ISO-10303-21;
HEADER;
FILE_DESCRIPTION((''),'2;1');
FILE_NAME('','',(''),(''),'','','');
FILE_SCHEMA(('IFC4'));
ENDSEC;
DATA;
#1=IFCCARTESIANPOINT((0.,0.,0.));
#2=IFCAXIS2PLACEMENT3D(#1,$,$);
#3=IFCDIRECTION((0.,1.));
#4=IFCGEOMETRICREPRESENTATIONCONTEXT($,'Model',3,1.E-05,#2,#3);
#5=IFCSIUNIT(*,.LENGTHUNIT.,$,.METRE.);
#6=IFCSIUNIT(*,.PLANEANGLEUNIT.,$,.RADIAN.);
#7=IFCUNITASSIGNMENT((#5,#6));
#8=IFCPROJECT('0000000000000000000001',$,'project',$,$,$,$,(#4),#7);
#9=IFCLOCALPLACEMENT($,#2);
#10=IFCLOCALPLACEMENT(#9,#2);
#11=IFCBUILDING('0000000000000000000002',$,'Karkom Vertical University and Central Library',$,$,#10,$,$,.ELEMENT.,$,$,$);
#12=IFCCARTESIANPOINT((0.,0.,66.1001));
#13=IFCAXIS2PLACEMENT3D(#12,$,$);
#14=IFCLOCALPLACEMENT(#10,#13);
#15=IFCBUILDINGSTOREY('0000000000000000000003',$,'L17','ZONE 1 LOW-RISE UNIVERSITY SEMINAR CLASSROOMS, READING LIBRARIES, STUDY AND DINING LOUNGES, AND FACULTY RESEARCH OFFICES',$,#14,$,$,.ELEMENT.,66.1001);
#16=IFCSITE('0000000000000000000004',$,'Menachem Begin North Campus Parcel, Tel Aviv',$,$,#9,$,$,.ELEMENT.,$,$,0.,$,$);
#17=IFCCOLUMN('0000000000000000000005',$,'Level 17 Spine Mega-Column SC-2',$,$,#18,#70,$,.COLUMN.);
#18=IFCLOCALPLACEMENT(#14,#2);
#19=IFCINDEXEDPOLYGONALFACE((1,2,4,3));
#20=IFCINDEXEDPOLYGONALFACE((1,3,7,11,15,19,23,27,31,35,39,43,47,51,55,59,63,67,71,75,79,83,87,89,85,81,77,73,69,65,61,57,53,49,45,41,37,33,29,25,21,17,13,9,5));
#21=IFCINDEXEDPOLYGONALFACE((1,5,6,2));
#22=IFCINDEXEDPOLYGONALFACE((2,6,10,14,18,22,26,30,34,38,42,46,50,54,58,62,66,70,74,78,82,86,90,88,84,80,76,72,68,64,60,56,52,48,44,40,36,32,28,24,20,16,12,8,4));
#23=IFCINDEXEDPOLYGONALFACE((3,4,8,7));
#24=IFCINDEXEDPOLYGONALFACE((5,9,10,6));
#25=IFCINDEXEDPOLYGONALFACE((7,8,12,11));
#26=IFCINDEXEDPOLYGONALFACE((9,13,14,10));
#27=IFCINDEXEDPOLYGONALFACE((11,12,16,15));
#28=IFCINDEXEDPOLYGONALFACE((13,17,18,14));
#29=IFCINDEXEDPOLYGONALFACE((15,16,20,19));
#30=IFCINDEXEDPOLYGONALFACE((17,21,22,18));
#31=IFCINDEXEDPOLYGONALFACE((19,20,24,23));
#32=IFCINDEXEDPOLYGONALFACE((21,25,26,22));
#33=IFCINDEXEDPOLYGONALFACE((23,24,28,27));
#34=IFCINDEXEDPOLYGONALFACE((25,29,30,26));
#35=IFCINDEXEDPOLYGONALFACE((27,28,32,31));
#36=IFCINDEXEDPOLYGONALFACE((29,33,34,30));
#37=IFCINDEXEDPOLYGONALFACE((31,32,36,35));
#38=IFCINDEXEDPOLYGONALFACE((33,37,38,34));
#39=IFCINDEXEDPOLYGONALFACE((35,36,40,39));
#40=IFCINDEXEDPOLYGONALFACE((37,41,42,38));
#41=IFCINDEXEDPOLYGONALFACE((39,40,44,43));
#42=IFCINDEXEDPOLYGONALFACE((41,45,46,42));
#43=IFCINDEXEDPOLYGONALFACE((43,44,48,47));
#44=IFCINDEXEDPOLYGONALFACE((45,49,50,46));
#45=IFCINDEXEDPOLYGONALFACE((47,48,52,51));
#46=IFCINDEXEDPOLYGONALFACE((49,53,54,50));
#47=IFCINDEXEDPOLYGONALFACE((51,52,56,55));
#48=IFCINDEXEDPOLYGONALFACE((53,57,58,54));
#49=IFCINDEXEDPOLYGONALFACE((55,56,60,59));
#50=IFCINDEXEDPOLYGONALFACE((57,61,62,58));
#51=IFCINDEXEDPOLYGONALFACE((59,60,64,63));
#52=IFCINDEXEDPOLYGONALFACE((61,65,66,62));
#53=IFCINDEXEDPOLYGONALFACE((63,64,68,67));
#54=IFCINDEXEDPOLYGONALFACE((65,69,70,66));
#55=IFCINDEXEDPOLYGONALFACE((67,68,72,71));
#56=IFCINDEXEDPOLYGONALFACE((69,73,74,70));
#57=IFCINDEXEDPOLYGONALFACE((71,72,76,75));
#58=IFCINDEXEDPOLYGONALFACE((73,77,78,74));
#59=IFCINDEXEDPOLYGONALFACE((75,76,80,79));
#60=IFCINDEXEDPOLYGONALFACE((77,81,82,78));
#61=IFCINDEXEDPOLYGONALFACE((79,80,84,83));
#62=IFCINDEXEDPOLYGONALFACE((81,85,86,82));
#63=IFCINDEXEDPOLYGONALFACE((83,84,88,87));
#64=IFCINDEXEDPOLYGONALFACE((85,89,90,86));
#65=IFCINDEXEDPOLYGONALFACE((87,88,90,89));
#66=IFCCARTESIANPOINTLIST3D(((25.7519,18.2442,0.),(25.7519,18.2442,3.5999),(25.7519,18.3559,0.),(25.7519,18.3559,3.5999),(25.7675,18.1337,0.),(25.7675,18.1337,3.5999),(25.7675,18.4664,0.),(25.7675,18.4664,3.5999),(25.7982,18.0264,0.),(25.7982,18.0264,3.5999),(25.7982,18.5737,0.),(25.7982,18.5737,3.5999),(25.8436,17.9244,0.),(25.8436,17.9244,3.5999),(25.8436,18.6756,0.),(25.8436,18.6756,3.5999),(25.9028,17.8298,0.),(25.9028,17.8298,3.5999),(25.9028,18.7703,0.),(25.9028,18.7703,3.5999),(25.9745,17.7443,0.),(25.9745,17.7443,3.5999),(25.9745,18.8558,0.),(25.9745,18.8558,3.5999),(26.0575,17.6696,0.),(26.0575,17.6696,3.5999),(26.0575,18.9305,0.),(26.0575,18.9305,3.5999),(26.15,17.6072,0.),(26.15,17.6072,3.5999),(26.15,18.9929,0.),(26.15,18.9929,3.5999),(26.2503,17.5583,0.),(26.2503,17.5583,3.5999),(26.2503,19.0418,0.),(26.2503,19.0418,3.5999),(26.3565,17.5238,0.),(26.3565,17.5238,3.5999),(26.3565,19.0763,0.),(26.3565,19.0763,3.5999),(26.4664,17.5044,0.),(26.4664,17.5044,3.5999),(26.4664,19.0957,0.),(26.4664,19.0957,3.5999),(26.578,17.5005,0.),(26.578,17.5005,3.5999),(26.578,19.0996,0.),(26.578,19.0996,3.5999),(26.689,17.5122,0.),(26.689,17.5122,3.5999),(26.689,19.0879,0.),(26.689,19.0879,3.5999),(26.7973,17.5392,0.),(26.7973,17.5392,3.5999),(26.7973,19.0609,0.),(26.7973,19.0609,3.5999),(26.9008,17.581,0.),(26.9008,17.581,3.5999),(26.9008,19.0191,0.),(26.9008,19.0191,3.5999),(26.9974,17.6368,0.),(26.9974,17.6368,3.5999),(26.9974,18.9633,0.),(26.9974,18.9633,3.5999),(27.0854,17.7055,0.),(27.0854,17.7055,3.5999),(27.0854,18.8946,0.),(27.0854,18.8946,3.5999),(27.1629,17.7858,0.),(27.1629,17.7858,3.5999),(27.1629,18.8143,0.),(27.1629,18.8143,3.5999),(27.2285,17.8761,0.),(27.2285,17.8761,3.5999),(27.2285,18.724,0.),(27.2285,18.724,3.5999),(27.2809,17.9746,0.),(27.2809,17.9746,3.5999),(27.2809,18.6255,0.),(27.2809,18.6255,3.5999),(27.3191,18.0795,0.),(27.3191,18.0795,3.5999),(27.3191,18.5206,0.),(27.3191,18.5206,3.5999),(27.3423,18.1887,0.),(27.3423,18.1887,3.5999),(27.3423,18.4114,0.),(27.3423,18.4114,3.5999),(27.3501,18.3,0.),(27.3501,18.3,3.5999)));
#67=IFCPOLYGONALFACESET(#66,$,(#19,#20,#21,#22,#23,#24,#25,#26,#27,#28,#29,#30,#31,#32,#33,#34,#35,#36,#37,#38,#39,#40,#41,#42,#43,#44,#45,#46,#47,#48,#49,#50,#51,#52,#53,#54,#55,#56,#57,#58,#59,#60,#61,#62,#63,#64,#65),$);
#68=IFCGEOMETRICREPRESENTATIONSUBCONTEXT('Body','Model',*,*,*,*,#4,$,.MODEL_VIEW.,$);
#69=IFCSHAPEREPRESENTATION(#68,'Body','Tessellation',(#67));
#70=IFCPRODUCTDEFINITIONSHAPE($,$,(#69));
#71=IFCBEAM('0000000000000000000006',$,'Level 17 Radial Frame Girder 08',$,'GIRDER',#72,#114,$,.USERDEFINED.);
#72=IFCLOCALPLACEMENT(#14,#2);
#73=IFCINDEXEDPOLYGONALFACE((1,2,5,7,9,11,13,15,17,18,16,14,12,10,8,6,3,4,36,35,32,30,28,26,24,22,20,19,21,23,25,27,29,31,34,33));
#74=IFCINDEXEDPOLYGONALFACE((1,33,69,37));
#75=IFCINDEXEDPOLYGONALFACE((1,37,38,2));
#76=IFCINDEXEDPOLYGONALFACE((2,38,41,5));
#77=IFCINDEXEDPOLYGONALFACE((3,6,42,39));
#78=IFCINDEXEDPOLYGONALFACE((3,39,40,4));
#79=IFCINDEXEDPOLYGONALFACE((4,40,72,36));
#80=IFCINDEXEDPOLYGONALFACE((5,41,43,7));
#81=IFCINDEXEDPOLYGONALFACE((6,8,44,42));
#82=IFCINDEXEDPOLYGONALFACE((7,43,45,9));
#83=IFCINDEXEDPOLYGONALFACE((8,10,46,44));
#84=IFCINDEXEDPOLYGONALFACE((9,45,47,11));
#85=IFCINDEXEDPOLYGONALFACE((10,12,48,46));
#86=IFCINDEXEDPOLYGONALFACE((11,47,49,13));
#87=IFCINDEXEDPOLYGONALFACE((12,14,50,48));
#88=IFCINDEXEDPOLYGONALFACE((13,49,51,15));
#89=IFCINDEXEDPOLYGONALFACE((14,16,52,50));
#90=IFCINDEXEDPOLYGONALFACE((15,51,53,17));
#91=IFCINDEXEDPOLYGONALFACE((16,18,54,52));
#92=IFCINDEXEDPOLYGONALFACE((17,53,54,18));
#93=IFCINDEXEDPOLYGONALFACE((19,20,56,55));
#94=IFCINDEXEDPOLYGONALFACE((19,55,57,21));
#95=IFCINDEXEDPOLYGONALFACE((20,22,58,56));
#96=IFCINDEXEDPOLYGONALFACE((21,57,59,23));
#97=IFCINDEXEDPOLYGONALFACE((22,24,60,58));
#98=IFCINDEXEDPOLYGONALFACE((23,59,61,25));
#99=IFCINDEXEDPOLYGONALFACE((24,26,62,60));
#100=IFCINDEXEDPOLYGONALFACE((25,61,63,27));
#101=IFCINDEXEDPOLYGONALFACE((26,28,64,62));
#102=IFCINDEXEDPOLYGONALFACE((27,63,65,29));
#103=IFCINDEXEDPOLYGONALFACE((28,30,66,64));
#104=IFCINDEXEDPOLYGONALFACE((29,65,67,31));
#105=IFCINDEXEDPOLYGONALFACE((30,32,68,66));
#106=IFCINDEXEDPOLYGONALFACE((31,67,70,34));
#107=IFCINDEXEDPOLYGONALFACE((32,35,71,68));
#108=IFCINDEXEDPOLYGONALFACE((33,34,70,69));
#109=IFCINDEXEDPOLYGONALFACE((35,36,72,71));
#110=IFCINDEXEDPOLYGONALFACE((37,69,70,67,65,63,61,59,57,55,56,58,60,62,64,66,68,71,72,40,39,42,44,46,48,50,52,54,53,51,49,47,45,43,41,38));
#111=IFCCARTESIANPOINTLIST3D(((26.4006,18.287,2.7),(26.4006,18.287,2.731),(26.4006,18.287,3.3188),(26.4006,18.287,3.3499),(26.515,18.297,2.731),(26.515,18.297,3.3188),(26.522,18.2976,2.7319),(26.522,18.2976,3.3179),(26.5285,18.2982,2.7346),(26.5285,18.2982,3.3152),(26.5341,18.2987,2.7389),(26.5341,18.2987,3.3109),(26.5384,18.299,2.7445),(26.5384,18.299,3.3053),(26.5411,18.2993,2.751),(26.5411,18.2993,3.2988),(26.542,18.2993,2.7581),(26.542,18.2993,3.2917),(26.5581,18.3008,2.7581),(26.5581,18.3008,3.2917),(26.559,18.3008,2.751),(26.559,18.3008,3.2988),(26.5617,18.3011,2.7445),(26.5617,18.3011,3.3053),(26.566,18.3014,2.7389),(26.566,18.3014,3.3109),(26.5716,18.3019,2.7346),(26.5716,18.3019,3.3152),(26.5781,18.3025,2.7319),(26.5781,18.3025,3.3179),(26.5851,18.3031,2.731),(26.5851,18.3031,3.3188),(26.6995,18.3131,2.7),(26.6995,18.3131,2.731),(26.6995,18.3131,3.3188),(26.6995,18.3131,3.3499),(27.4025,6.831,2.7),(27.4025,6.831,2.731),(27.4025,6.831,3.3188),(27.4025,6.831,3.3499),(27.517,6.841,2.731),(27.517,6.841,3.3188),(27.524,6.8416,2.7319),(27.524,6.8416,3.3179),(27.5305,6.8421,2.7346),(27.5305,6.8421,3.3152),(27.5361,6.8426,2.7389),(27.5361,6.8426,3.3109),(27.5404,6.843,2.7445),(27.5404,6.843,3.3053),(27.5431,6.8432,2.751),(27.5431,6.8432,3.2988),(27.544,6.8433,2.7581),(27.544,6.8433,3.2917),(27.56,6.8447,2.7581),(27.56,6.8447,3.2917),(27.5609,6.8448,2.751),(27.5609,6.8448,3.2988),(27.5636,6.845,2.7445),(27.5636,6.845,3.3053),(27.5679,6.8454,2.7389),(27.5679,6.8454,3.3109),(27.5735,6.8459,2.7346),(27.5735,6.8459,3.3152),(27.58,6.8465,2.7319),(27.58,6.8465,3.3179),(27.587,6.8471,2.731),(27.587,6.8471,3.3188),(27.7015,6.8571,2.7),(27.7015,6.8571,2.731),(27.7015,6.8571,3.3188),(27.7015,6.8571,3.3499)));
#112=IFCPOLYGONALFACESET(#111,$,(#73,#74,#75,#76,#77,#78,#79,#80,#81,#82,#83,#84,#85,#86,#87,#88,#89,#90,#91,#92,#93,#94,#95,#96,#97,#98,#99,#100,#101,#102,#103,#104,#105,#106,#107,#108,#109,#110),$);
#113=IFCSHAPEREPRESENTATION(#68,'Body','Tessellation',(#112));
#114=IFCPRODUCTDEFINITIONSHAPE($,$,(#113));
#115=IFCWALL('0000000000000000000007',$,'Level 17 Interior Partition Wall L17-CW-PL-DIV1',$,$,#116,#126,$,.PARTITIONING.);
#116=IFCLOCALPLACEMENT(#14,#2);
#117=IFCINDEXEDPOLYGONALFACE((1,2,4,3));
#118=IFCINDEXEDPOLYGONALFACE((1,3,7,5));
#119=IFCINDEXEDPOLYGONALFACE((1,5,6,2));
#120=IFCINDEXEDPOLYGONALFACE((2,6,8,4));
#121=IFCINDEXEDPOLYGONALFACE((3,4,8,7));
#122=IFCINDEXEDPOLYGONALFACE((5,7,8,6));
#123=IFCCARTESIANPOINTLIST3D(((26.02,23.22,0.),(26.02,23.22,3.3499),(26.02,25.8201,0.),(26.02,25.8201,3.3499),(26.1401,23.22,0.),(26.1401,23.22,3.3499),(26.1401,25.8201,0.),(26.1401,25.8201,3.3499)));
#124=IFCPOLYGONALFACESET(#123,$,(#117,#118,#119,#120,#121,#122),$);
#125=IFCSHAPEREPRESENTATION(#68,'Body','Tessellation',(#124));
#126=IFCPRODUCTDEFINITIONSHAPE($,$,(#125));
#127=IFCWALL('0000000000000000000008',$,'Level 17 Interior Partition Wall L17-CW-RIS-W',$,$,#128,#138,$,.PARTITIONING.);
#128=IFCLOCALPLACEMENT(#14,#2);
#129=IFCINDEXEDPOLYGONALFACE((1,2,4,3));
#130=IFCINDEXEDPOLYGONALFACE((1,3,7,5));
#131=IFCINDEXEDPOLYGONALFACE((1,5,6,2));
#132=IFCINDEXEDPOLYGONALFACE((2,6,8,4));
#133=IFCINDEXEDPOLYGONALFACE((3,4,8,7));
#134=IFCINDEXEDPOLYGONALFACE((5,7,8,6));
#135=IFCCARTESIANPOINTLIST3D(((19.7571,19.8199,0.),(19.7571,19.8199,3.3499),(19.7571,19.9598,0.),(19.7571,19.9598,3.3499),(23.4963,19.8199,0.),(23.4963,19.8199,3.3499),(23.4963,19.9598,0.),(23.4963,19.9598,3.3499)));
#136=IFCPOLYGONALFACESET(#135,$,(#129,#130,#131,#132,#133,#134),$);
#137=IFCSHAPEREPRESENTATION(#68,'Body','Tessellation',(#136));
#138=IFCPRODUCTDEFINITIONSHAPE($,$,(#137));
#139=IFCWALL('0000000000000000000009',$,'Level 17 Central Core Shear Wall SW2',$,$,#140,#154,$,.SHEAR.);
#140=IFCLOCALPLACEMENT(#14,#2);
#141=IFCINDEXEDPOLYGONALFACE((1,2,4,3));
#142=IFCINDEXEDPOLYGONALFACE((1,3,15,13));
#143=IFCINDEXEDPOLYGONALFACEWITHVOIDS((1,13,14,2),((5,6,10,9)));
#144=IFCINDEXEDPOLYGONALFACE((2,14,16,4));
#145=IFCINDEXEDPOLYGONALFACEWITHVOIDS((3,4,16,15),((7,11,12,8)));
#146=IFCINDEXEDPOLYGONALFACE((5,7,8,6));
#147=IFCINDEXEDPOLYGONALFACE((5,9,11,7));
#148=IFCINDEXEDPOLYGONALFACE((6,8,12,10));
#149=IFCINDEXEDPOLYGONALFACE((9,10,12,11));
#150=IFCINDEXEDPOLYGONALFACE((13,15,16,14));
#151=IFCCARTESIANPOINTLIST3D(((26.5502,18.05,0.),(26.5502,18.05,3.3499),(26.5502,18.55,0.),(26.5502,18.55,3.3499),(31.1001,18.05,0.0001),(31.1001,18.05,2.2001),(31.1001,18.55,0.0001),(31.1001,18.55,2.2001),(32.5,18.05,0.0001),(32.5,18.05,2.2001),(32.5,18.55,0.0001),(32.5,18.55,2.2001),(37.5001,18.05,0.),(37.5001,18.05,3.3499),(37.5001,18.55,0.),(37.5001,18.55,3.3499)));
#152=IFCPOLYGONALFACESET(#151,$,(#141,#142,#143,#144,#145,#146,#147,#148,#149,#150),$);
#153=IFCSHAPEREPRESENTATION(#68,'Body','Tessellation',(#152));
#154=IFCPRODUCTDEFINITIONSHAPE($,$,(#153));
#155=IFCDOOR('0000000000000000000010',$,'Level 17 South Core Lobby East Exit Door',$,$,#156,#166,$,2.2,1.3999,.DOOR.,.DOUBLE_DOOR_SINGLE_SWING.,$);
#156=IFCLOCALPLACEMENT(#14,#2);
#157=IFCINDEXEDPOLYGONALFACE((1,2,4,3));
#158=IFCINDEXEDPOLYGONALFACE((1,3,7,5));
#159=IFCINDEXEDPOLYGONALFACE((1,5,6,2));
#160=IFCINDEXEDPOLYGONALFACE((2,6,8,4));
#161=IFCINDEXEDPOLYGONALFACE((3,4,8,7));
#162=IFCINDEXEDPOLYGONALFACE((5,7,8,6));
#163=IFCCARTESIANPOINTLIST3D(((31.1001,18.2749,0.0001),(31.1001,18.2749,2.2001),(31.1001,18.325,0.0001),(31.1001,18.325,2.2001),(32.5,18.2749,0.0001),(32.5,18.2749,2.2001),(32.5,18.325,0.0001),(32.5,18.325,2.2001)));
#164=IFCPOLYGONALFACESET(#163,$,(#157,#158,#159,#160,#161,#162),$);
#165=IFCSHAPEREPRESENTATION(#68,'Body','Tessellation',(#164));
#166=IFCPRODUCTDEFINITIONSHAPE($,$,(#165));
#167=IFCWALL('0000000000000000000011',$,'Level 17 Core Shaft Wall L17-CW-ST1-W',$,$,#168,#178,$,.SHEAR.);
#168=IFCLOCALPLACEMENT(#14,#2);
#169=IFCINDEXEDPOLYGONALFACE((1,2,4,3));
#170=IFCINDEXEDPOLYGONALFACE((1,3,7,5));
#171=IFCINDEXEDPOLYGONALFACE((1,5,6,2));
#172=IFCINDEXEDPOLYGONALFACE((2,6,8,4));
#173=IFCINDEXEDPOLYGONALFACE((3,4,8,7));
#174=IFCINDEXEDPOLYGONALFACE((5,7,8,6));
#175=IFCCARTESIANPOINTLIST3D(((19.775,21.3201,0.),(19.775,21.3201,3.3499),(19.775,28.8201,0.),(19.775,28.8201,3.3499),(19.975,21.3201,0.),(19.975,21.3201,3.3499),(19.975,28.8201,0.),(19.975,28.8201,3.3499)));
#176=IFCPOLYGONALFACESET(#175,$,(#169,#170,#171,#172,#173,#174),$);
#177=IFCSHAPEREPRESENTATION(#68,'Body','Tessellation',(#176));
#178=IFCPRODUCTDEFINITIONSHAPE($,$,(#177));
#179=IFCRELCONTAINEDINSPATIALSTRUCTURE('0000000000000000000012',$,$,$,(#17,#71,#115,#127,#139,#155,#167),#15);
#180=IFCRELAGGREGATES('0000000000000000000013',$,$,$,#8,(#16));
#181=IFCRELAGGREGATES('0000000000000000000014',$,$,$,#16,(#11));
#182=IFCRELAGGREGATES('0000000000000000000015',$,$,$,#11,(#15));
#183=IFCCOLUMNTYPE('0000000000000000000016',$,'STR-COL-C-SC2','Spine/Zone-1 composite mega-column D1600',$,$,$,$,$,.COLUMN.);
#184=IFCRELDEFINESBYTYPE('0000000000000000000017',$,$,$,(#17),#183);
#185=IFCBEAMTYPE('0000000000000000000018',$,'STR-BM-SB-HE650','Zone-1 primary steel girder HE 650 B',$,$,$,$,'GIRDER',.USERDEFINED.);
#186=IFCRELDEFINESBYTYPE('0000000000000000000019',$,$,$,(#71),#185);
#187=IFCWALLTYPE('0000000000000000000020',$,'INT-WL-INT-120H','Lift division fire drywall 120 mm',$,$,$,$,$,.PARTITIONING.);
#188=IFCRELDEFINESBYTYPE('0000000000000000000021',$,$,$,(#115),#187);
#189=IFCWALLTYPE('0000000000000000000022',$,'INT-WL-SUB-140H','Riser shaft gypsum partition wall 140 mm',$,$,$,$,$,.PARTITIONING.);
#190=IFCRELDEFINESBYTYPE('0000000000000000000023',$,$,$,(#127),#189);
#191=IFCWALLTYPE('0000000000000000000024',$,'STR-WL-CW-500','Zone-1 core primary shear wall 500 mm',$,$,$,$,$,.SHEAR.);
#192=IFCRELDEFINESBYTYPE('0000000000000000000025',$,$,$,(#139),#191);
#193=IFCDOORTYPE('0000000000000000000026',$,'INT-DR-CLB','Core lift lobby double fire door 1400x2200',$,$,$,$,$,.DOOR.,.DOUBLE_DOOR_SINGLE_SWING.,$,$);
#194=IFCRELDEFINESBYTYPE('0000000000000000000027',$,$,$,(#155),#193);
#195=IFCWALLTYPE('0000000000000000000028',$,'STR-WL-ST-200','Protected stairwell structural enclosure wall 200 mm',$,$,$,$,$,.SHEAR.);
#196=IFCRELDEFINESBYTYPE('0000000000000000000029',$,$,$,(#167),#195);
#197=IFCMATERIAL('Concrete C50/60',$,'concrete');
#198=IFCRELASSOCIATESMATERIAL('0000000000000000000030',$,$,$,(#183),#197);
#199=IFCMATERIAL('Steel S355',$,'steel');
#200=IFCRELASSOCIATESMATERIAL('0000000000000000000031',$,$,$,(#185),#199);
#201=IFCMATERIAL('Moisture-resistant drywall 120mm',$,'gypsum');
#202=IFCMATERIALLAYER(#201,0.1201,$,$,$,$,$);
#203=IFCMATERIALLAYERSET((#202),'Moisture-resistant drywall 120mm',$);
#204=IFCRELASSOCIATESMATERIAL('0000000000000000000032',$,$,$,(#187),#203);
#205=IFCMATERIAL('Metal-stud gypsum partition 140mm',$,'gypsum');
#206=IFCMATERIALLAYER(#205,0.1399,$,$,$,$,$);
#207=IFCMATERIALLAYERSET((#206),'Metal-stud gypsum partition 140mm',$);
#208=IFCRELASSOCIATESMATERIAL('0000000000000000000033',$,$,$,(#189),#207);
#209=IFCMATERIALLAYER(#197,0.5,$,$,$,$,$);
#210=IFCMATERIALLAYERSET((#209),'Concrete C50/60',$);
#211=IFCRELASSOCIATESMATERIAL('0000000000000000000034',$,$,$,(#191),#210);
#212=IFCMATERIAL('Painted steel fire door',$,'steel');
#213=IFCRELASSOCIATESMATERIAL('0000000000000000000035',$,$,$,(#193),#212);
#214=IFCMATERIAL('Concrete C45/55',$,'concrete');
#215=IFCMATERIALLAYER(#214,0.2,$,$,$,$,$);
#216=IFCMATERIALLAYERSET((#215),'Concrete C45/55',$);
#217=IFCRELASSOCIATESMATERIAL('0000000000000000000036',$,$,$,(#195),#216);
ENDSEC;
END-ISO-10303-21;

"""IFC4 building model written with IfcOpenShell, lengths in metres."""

from ifc_helpers import new_model, si_unit, direction, frame, frame_2d, origin, origin_with_axes, origin_2d, place, context, subcontext, project, spatial, rectangle, circle, i_section, extrude, source, transform, mapped, material, layer, layer_set, material_profile, profile_set, type_object, element, fill, save


model = new_model("IFC4")

# Units and contexts
model_context = context("Model", 3, precision=1e-05, world=origin(), true_north=direction((0.0, 1.0)))
body_context = subcontext(model_context, "Body", "Model", "MODEL_VIEW")
ifc_project = project(units=[si_unit("LENGTHUNIT", "METRE"), si_unit("PLANEANGLEUNIT", "RADIAN")], contexts=[model_context])

# Site, building, storey
site_placement = place(None, origin())
site = spatial("IfcSite", under=ifc_project, at=site_placement, Name="Menachem Begin North Campus Parcel, Tel Aviv", CompositionType="ELEMENT", RefElevation=0.0)
building_placement = place(site_placement, origin())
building = spatial("IfcBuilding", under=site, at=building_placement, Name="Karkom Vertical University and Central Library", CompositionType="ELEMENT")
storey_placement = place(building_placement, frame((0.0, 0.0, 66.1001)))
storey = spatial("IfcBuildingStorey", under=building, at=storey_placement, Name="L17", Description="ZONE 1 LOW-RISE UNIVERSITY SEMINAR CLASSROOMS, READING LIBRARIES, STUDY AND DINING LOUNGES, AND FACULTY RESEARCH OFFICES", CompositionType="ELEMENT", Elevation=66.1001)

# Column
ifc_material_1 = material(Name="Concrete C50/60", Category="concrete")
ifc_material_profile_1 = material_profile(ifc_material_1, circle(Radius=0.8, at=origin_2d()), Name="CFT-D1600")
ifc_profile_set_1 = profile_set([ifc_material_profile_1], Name="Concrete C50/60")
column_type = type_object("IfcColumnType", Name="STR-COL-C-SC2", Description="Spine/Zone-1 composite mega-column D1600", PredefinedType="COLUMN", material=ifc_profile_set_1)
shared_shape_1 = source(origin_with_axes(), body_context, "Body", "SweptSolid", [
    extrude(circle(Radius=0.8, at=origin_2d()), origin(), (0.0, 0.0, 1.0), 3.5999),
])
column_placement = place(storey_placement, frame((26.55, 18.3, 0.0), z_axis=(0.0, 0.0, 1.0), x_axis=(1.0, 0.0, 0.0)))
element("IfcColumn", 1, at=column_placement, inside=storey, type_object=column_type, Name="Level 17 Spine Mega-Column SC-2", PredefinedType="COLUMN", context=body_context, shape_type="MappedRepresentation", body=[
    mapped(shared_shape_1, transform((0.0, 0.0, 0.0), scale=1.0)),
])

# Beam
ifc_material_2 = material(Name="Steel S355", Category="steel")
ifc_material_profile_2 = material_profile(ifc_material_2, i_section(OverallWidth=0.3, OverallDepth=0.6499, WebThickness=0.0161, FlangeThickness=0.031, FilletRadius=0.0271, at=origin_2d()), Name="HE 650 B")
ifc_profile_set_2 = profile_set([ifc_material_profile_2], Name="Steel S355")
beam_type = type_object("IfcBeamType", Name="STR-BM-SB-HE650", Description="Zone-1 primary steel girder HE 650 B", ElementType="GIRDER", PredefinedType="USERDEFINED", material=ifc_profile_set_2)
shared_shape_2 = source(origin_with_axes(), body_context, "Body", "SweptSolid", [
    extrude(i_section(OverallWidth=0.3, OverallDepth=0.6499, WebThickness=0.0161, FlangeThickness=0.031, FilletRadius=0.0271, at=origin_2d()), origin(), (0.0, 0.0, 1.0), 11.4998),
])
beam_placement = place(storey_placement, frame((26.55, 18.3, 3.0249), z_axis=(0.087128, -0.996197, 0.0), x_axis=(0.996197, 0.087128, 0.0)))
element("IfcBeam", 2, at=beam_placement, inside=storey, type_object=beam_type, Name="Level 17 Radial Frame Girder 08", ObjectType="GIRDER", PredefinedType="USERDEFINED", context=body_context, shape_type="MappedRepresentation", body=[
    mapped(shared_shape_2, transform((0.0, 0.0, 0.0), scale=1.0)),
])

# Walls
ifc_material_3 = material(Name="Moisture-resistant drywall 120mm", Category="gypsum")
ifc_layer_1 = layer(ifc_material_3, 0.1201)
ifc_layer_set_1 = layer_set([ifc_layer_1], Name="Moisture-resistant drywall 120mm")
wall_type_1 = type_object("IfcWallType", Name="INT-WL-INT-120H", Description="Lift division fire drywall 120 mm", PredefinedType="PARTITIONING", material=ifc_layer_set_1)
wall_1_placement = place(storey_placement, frame((26.0801, 23.22, 0.0), z_axis=(0.0, 0.0, 1.0), x_axis=(0.0, 1.0, 0.0)))
element("IfcWall", 3, at=wall_1_placement, inside=storey, type_object=wall_type_1, Name="Level 17 Interior Partition Wall L17-CW-PL-DIV1", PredefinedType="PARTITIONING", context=body_context, shape_type="SweptSolid", body=[
    extrude(rectangle(XDim=2.6001, YDim=0.1201, at=frame_2d((1.3, 0.0))), origin(), (0.0, 0.0, 1.0), 3.3499),
])
ifc_material_4 = material(Name="Metal-stud gypsum partition 140mm", Category="gypsum")
ifc_layer_2 = layer(ifc_material_4, 0.1399)
ifc_layer_set_2 = layer_set([ifc_layer_2], Name="Metal-stud gypsum partition 140mm")
wall_type_2 = type_object("IfcWallType", Name="INT-WL-SUB-140H", Description="Riser shaft gypsum partition wall 140 mm", PredefinedType="PARTITIONING", material=ifc_layer_set_2)
wall_2_placement = place(storey_placement, frame((19.7571, 19.8899, 0.0), z_axis=(0.0, 0.0, 1.0), x_axis=(1.0, 0.0, 0.0)))
element("IfcWall", 4, at=wall_2_placement, inside=storey, type_object=wall_type_2, Name="Level 17 Interior Partition Wall L17-CW-RIS-W", PredefinedType="PARTITIONING", context=body_context, shape_type="SweptSolid", body=[
    extrude(rectangle(XDim=3.7393, YDim=0.1399, at=frame_2d((1.8696, 0.0))), origin(), (0.0, 0.0, 1.0), 3.3499),
])

# Wall, opening, door
ifc_layer_3 = layer(ifc_material_1, 0.5)
ifc_layer_set_3 = layer_set([ifc_layer_3], Name="Concrete C50/60")
wall_type_3 = type_object("IfcWallType", Name="STR-WL-CW-500", Description="Zone-1 core primary shear wall 500 mm", PredefinedType="SHEAR", material=ifc_layer_set_3)
wall_3_placement = place(storey_placement, frame((26.55, 18.3, 0.0), z_axis=(0.0, 0.0, 1.0), x_axis=(1.0, 0.0, 0.0)))
wall_3 = element("IfcWall", 5, at=wall_3_placement, inside=storey, type_object=wall_type_3, Name="Level 17 Central Core Shear Wall SW2", PredefinedType="SHEAR", context=body_context, shape_type="SweptSolid", body=[
    extrude(rectangle(XDim=10.95, YDim=0.5, at=frame_2d((5.4751, 0.0))), origin(), (0.0, 0.0, 1.0), 3.3499),
])
opening_1_placement = place(wall_3_placement, frame((4.55, 0.0, 0.0)))
opening_1 = element("IfcOpeningElement", 6, at=opening_1_placement, cuts=wall_3, PredefinedType="OPENING", context=body_context, shape_type="SweptSolid", body=[
    extrude(rectangle(XDim=1.3999, YDim=2.2, at=frame_2d((0.7, 1.1001))), frame((0.0, 0.26, 0.0), z_axis=(0.0, -1.0, 0.0), x_axis=(1.0, 0.0, 0.0)), (0.0, 0.0, 1.0), 0.52),
])
ifc_material_5 = material(Name="Painted steel fire door", Category="steel")
door_type_1 = type_object("IfcDoorType", Name="INT-DR-CLB", Description="Core lift lobby double fire door 1400x2200", OperationType="DOUBLE_DOOR_SINGLE_SWING", PredefinedType="DOOR", material=ifc_material_5)
shared_shape_3 = source(origin_with_axes(), body_context, "Body", "SweptSolid", [
    extrude(rectangle(XDim=1.3999, YDim=2.2, at=frame_2d((0.7, 1.1001))), frame((0.0, 0.0249, 0.0), z_axis=(0.0, -1.0, 0.0), x_axis=(1.0, 0.0, 0.0)), (0.0, 0.0, 1.0), 0.05),
])
door_1_placement = place(opening_1_placement, origin())
door_1 = element("IfcDoor", 7, at=door_1_placement, inside=storey, type_object=door_type_1, Name="Level 17 South Core Lobby East Exit Door", OperationType="DOUBLE_DOOR_SINGLE_SWING", OverallHeight=2.2, OverallWidth=1.3999, PredefinedType="DOOR", context=body_context, shape_type="MappedRepresentation", body=[
    mapped(shared_shape_3, transform((0.0, 0.0, 0.0), scale=1.0)),
])
fill(opening_1, door_1)

# Shared definitions
ifc_material_6 = material(Name="Concrete C45/55", Category="concrete")
ifc_layer_4 = layer(ifc_material_6, 0.2)
ifc_layer_set_4 = layer_set([ifc_layer_4], Name="Concrete C45/55")
wall_type_4 = type_object("IfcWallType", Name="STR-WL-ST-200", Description="Protected stairwell structural enclosure wall 200 mm", PredefinedType="SHEAR", material=ifc_layer_set_4)

# Wall
wall_4_placement = place(storey_placement, frame((19.875, 21.3201, 0.0), z_axis=(0.0, 0.0, 1.0), x_axis=(0.0, 1.0, 0.0)))
element("IfcWall", 8, at=wall_4_placement, inside=storey, type_object=wall_type_4, Name="Level 17 Core Shaft Wall L17-CW-ST1-W", PredefinedType="SHEAR", context=body_context, shape_type="SweptSolid", body=[
    extrude(rectangle(XDim=7.5, YDim=0.2, at=frame_2d((3.75, 0.0))), origin(), (0.0, 0.0, 1.0), 3.3499),
])

save(model, "model.ifc")
